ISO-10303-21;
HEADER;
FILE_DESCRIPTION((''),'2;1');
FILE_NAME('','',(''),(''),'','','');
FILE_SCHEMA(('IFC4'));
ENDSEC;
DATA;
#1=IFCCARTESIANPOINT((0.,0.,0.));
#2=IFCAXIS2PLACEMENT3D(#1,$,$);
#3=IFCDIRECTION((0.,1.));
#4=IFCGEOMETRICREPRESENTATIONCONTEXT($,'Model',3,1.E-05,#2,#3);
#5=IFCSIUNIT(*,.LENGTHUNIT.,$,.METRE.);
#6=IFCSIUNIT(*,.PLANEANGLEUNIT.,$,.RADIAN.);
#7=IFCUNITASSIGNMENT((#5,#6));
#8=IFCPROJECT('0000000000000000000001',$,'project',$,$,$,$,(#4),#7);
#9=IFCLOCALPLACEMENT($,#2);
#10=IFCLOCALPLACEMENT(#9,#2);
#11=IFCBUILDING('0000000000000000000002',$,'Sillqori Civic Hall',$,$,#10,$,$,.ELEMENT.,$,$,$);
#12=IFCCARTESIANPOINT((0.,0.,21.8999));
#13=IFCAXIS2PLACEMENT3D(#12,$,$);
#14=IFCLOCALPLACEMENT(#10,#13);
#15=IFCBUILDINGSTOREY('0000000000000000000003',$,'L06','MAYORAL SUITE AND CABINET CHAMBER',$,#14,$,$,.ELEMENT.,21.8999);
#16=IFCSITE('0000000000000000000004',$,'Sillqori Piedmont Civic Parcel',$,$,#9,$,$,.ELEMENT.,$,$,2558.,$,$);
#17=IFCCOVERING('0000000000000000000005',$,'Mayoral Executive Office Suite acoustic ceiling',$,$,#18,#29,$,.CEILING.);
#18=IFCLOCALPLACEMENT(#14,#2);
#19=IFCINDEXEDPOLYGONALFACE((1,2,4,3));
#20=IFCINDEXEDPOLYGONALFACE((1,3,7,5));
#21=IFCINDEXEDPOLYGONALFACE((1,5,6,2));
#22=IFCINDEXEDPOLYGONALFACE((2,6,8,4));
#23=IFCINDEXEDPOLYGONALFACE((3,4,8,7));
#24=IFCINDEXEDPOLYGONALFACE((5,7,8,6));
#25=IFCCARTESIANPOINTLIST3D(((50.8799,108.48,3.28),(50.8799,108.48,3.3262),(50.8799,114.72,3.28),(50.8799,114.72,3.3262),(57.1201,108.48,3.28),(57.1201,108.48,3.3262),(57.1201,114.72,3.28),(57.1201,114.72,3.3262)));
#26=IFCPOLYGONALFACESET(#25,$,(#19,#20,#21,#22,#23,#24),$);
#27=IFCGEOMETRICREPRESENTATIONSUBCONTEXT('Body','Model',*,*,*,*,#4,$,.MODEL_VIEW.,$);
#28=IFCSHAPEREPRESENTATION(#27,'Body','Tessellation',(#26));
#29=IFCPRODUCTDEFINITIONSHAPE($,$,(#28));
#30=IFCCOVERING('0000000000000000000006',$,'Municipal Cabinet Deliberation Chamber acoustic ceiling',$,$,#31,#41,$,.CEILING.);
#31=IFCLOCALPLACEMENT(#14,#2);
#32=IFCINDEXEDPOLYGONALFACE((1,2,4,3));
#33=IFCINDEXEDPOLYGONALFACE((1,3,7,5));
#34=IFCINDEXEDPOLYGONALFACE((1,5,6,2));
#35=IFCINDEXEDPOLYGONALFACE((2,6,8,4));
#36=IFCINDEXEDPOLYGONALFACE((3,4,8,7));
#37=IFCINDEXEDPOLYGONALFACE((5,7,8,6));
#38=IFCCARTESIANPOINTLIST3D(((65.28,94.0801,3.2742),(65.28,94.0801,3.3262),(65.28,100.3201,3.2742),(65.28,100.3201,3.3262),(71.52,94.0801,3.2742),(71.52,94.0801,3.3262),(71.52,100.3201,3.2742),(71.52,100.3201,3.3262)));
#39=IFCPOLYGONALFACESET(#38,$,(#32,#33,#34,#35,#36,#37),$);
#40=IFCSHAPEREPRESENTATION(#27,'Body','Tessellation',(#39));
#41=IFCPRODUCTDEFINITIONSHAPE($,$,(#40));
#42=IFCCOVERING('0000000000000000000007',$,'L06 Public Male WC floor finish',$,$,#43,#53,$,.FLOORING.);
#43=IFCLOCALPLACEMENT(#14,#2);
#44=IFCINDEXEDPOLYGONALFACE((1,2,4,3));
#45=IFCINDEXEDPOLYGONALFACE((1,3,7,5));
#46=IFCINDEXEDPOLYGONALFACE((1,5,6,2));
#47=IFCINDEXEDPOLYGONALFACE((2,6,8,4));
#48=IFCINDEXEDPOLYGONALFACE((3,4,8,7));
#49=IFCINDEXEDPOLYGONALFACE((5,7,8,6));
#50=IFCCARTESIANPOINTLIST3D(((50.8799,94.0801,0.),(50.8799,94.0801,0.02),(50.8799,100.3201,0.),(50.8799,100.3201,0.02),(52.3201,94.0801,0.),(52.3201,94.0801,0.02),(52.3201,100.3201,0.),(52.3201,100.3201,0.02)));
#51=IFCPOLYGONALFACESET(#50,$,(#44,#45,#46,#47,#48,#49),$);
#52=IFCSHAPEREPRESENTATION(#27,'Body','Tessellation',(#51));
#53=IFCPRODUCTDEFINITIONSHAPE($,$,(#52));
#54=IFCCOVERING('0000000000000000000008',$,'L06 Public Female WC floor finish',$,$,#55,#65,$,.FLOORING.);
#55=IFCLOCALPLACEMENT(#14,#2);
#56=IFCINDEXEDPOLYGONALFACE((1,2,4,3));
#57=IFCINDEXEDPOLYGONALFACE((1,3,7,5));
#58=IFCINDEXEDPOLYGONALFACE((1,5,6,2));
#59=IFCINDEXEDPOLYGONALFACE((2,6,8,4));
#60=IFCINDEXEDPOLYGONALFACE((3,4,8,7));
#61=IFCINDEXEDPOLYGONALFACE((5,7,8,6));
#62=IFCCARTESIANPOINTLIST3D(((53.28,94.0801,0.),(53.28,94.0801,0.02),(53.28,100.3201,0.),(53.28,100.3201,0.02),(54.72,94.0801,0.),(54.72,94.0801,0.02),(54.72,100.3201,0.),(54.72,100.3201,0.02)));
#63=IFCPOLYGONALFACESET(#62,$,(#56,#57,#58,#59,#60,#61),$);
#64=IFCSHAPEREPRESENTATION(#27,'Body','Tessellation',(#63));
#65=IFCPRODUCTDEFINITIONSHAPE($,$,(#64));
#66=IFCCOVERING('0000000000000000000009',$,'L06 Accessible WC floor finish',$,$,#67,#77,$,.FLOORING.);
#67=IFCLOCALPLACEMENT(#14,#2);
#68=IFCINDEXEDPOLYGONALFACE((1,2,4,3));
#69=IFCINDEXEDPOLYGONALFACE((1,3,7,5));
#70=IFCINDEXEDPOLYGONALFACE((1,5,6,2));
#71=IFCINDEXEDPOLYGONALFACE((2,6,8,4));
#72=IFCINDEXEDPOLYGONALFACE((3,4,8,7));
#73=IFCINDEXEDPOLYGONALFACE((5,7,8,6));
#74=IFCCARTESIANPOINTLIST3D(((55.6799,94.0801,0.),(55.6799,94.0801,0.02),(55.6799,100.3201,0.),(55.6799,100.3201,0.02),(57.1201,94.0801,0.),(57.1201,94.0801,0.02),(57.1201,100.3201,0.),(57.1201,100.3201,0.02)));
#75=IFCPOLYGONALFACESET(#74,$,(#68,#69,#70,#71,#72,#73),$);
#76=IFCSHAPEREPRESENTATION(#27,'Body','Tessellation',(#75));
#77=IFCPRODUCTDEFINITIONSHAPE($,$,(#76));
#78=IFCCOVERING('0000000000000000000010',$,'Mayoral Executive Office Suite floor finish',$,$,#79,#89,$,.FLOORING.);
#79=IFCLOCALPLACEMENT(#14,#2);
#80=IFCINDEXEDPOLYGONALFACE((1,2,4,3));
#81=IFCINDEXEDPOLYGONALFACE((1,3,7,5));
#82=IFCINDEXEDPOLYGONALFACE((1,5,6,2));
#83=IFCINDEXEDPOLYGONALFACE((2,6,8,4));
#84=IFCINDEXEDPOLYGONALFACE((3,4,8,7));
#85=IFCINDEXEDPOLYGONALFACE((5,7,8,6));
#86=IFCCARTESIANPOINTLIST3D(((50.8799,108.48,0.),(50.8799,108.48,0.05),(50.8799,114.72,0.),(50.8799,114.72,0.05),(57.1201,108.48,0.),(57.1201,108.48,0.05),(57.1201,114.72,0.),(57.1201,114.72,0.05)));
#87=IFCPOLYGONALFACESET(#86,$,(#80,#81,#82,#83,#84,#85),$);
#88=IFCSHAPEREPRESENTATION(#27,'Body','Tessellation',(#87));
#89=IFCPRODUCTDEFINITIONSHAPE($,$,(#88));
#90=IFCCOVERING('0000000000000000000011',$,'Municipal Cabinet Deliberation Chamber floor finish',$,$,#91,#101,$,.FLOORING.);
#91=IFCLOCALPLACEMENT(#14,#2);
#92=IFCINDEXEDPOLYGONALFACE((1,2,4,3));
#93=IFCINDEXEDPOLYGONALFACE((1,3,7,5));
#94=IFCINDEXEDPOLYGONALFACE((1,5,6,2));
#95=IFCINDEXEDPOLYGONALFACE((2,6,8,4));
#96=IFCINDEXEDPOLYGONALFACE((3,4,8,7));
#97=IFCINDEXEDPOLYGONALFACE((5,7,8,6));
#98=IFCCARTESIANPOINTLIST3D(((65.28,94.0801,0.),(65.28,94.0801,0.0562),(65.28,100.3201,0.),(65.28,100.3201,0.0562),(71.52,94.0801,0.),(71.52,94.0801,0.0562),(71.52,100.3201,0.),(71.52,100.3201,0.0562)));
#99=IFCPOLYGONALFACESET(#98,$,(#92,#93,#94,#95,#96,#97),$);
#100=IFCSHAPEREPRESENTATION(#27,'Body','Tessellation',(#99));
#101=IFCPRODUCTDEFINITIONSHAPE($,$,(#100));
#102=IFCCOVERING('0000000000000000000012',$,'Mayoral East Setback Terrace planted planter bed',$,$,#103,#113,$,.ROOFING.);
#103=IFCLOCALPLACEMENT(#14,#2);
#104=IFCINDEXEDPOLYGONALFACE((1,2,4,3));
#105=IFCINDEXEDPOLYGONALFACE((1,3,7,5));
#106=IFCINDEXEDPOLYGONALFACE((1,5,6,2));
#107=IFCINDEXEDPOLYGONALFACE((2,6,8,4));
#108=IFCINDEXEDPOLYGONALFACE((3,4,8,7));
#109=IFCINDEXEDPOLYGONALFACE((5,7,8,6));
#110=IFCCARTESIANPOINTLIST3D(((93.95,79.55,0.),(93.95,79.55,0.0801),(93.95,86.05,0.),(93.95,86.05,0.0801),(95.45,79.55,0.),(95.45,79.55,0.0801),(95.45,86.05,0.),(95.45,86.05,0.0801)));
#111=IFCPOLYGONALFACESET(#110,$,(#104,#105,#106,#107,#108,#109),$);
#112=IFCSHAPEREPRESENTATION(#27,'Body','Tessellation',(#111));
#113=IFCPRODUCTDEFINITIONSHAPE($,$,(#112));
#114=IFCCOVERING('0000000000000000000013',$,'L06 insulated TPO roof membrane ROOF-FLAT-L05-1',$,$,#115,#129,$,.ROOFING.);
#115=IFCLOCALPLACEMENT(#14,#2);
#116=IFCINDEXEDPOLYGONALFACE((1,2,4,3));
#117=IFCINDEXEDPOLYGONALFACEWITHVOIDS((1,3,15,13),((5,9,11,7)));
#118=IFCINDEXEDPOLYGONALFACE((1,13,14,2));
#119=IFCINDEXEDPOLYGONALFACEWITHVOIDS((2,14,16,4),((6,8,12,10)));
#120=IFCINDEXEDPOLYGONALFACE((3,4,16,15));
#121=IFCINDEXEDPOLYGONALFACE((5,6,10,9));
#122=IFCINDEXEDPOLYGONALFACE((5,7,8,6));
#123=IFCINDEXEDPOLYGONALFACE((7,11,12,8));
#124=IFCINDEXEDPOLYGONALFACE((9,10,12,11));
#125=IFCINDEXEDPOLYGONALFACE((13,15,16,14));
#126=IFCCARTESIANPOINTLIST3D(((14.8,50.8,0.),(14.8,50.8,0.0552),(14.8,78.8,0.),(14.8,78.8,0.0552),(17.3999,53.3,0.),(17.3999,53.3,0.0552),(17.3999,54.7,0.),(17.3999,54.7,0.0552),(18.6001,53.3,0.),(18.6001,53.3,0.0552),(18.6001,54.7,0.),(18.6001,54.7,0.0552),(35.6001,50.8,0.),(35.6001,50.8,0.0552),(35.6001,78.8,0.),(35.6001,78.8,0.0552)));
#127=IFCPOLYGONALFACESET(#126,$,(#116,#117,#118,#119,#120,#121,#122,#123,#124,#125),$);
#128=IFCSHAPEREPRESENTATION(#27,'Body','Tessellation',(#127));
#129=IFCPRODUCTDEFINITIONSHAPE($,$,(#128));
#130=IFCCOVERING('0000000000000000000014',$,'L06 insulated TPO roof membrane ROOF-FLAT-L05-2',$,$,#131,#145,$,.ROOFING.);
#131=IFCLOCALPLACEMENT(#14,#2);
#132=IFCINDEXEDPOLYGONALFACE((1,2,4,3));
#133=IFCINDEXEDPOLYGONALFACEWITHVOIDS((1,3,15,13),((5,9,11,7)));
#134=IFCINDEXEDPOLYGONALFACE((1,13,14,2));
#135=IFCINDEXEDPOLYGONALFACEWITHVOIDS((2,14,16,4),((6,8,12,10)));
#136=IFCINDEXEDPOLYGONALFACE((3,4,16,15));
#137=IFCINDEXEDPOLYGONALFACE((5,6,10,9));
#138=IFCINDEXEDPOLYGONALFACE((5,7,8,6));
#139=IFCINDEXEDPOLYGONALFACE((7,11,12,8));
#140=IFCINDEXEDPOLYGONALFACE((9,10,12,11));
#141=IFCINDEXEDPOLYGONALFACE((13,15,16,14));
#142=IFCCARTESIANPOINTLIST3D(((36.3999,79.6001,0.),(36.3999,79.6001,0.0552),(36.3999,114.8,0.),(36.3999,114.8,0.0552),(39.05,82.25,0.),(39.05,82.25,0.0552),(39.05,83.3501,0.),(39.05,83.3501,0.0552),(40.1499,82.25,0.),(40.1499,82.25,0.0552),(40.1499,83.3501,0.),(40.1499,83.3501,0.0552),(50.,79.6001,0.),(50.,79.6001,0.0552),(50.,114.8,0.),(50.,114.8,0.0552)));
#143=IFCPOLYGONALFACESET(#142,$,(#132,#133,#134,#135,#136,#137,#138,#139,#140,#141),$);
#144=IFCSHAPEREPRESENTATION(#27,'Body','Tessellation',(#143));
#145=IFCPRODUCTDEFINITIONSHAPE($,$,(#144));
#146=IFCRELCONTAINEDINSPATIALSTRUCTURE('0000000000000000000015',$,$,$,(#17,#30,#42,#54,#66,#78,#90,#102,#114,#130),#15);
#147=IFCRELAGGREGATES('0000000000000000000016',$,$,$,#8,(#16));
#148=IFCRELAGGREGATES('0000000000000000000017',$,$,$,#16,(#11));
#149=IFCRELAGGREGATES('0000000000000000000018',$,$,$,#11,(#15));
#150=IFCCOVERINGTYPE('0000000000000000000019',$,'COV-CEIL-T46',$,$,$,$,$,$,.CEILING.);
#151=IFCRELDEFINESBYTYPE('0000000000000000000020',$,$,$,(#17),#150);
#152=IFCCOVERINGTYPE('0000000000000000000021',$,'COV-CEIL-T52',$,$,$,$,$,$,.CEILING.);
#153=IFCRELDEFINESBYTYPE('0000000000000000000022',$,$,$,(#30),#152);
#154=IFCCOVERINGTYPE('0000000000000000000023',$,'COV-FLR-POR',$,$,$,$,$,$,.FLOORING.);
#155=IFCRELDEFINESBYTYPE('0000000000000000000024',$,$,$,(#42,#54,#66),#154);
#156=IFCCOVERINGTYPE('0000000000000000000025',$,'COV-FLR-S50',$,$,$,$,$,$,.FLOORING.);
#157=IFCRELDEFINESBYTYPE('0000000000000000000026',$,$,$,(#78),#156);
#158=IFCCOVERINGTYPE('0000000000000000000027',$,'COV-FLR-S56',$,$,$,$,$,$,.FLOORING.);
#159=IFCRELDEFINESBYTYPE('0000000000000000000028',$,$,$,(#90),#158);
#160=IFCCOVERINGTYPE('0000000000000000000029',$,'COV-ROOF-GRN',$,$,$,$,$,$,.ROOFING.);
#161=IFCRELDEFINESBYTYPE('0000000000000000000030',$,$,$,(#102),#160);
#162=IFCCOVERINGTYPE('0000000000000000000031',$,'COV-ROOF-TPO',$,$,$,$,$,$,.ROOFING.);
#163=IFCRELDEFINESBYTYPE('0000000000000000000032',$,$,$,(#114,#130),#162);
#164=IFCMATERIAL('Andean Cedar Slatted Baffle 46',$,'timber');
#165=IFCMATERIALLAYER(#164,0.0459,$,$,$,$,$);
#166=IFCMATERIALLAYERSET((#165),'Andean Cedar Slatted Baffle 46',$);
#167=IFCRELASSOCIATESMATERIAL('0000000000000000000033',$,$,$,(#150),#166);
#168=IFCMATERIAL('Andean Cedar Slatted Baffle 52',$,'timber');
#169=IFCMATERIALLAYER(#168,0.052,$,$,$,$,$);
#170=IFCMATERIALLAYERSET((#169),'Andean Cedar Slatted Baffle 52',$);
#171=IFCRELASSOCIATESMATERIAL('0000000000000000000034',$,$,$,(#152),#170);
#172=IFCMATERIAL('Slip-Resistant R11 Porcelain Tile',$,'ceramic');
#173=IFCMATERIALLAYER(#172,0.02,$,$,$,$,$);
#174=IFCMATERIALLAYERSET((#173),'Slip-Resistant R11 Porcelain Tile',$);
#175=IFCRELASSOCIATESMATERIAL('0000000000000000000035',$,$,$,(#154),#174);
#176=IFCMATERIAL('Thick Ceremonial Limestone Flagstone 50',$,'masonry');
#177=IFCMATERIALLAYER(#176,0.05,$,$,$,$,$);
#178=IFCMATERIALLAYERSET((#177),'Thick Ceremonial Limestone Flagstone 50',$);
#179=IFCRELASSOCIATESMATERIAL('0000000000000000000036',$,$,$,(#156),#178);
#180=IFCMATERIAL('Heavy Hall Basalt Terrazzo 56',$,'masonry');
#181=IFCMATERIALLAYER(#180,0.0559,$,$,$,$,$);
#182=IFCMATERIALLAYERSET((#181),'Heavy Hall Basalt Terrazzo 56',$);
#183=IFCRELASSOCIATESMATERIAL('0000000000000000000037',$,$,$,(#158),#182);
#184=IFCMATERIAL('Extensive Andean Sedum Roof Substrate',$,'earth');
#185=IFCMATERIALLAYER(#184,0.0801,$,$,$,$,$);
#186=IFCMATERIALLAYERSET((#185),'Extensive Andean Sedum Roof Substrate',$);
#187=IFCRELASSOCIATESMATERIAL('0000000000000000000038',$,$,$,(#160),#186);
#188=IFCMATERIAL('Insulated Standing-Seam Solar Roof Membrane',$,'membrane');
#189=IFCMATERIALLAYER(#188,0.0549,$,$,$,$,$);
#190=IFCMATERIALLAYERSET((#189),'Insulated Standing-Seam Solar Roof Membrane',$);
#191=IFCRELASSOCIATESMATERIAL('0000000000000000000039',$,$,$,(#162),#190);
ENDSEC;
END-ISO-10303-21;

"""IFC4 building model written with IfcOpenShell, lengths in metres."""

from ifc_helpers import new_model, si_unit, direction, frame, origin, place, context, subcontext, project, spatial, polyline, outline, extrude, material, layer, layer_set, type_object, element, save


model = new_model("IFC4")

# Units and contexts
model_context = context("Model", 3, precision=1e-05, world=origin(), true_north=direction((0.0, 1.0)))
body_context = subcontext(model_context, "Body", "Model", "MODEL_VIEW")
ifc_project = project(units=[si_unit("LENGTHUNIT", "METRE"), si_unit("PLANEANGLEUNIT", "RADIAN")], contexts=[model_context])

# Site, building, storey
site_placement = place(None, origin())
site = spatial("IfcSite", under=ifc_project, at=site_placement, Name="Sillqori Piedmont Civic Parcel", CompositionType="ELEMENT", RefElevation=2558.0)
building_placement = place(site_placement, origin())
building = spatial("IfcBuilding", under=site, at=building_placement, Name="Sillqori Civic Hall", CompositionType="ELEMENT")
storey_placement = place(building_placement, frame((0.0, 0.0, 21.8999)))
storey = spatial("IfcBuildingStorey", under=building, at=storey_placement, Name="L06", Description="MAYORAL SUITE AND CABINET CHAMBER", CompositionType="ELEMENT", Elevation=21.8999)

# Coverings
ifc_material_1 = material(Name="Andean Cedar Slatted Baffle 46", Category="timber")
ifc_layer_1 = layer(ifc_material_1, 0.0459)
ifc_layer_set_1 = layer_set([ifc_layer_1], Name="Andean Cedar Slatted Baffle 46")
covering_type_1 = type_object("IfcCoveringType", Name="COV-CEIL-T46", PredefinedType="CEILING", material=ifc_layer_set_1)
covering_1_placement = place(storey_placement, frame((0.0, 0.0, 3.28)))
element("IfcCovering", 1, at=covering_1_placement, inside=storey, type_object=covering_type_1, Name="Mayoral Executive Office Suite acoustic ceiling", PredefinedType="CEILING", context=body_context, shape_type="SweptSolid", body=[
    extrude(outline(polyline([(50.8799, 108.48), (57.1201, 108.48), (57.1201, 114.72), (50.8799, 114.72), (50.8799, 108.48)])), origin(), (0.0, 0.0, 1.0), 0.0461),
])
ifc_material_2 = material(Name="Andean Cedar Slatted Baffle 52", Category="timber")
ifc_layer_2 = layer(ifc_material_2, 0.052)
ifc_layer_set_2 = layer_set([ifc_layer_2], Name="Andean Cedar Slatted Baffle 52")
covering_type_2 = type_object("IfcCoveringType", Name="COV-CEIL-T52", PredefinedType="CEILING", material=ifc_layer_set_2)
covering_2_placement = place(storey_placement, frame((0.0, 0.0, 3.2742)))
element("IfcCovering", 2, at=covering_2_placement, inside=storey, type_object=covering_type_2, Name="Municipal Cabinet Deliberation Chamber acoustic ceiling", PredefinedType="CEILING", context=body_context, shape_type="SweptSolid", body=[
    extrude(outline(polyline([(65.28, 94.0801), (71.52, 94.0801), (71.52, 100.3201), (65.28, 100.3201), (65.28, 94.0801)])), origin(), (0.0, 0.0, 1.0), 0.052),
])
ifc_material_3 = material(Name="Slip-Resistant R11 Porcelain Tile", Category="ceramic")
ifc_layer_3 = layer(ifc_material_3, 0.02)
ifc_layer_set_3 = layer_set([ifc_layer_3], Name="Slip-Resistant R11 Porcelain Tile")
covering_type_3 = type_object("IfcCoveringType", Name="COV-FLR-POR", PredefinedType="FLOORING", material=ifc_layer_set_3)
covering_3_placement = place(storey_placement, origin())
element("IfcCovering", 3, at=covering_3_placement, inside=storey, type_object=covering_type_3, Name="L06 Public Male WC floor finish", PredefinedType="FLOORING", context=body_context, shape_type="SweptSolid", body=[
    extrude(outline(polyline([(50.8799, 94.0801), (52.3201, 94.0801), (52.3201, 100.3201), (50.8799, 100.3201), (50.8799, 94.0801)])), origin(), (0.0, 0.0, 1.0), 0.02),
])
covering_4_placement = place(storey_placement, origin())
element("IfcCovering", 4, at=covering_4_placement, inside=storey, type_object=covering_type_3, Name="L06 Public Female WC floor finish", PredefinedType="FLOORING", context=body_context, shape_type="SweptSolid", body=[
    extrude(outline(polyline([(53.28, 94.0801), (54.72, 94.0801), (54.72, 100.3201), (53.28, 100.3201), (53.28, 94.0801)])), origin(), (0.0, 0.0, 1.0), 0.02),
])
covering_5_placement = place(storey_placement, origin())
element("IfcCovering", 5, at=covering_5_placement, inside=storey, type_object=covering_type_3, Name="L06 Accessible WC floor finish", PredefinedType="FLOORING", context=body_context, shape_type="SweptSolid", body=[
    extrude(outline(polyline([(55.6799, 94.0801), (57.1201, 94.0801), (57.1201, 100.3201), (55.6799, 100.3201), (55.6799, 94.0801)])), origin(), (0.0, 0.0, 1.0), 0.02),
])
ifc_material_4 = material(Name="Thick Ceremonial Limestone Flagstone 50", Category="masonry")
ifc_layer_4 = layer(ifc_material_4, 0.05)
ifc_layer_set_4 = layer_set([ifc_layer_4], Name="Thick Ceremonial Limestone Flagstone 50")
covering_type_4 = type_object("IfcCoveringType", Name="COV-FLR-S50", PredefinedType="FLOORING", material=ifc_layer_set_4)
covering_6_placement = place(storey_placement, origin())
element("IfcCovering", 6, at=covering_6_placement, inside=storey, type_object=covering_type_4, Name="Mayoral Executive Office Suite floor finish", PredefinedType="FLOORING", context=body_context, shape_type="SweptSolid", body=[
    extrude(outline(polyline([(50.8799, 108.48), (57.1201, 108.48), (57.1201, 114.72), (50.8799, 114.72), (50.8799, 108.48)])), origin(), (0.0, 0.0, 1.0), 0.05),
])
ifc_material_5 = material(Name="Heavy Hall Basalt Terrazzo 56", Category="masonry")
ifc_layer_5 = layer(ifc_material_5, 0.0559)
ifc_layer_set_5 = layer_set([ifc_layer_5], Name="Heavy Hall Basalt Terrazzo 56")
covering_type_5 = type_object("IfcCoveringType", Name="COV-FLR-S56", PredefinedType="FLOORING", material=ifc_layer_set_5)
covering_7_placement = place(storey_placement, origin())
element("IfcCovering", 7, at=covering_7_placement, inside=storey, type_object=covering_type_5, Name="Municipal Cabinet Deliberation Chamber floor finish", PredefinedType="FLOORING", context=body_context, shape_type="SweptSolid", body=[
    extrude(outline(polyline([(65.28, 94.0801), (71.52, 94.0801), (71.52, 100.3201), (65.28, 100.3201), (65.28, 94.0801)])), origin(), (0.0, 0.0, 1.0), 0.0562),
])
ifc_material_6 = material(Name="Extensive Andean Sedum Roof Substrate", Category="earth")
ifc_layer_6 = layer(ifc_material_6, 0.0801)
ifc_layer_set_6 = layer_set([ifc_layer_6], Name="Extensive Andean Sedum Roof Substrate")
covering_type_6 = type_object("IfcCoveringType", Name="COV-ROOF-GRN", PredefinedType="ROOFING", material=ifc_layer_set_6)
covering_8_placement = place(storey_placement, origin())
element("IfcCovering", 8, at=covering_8_placement, inside=storey, type_object=covering_type_6, Name="Mayoral East Setback Terrace planted planter bed", PredefinedType="ROOFING", context=body_context, shape_type="SweptSolid", body=[
    extrude(outline(polyline([(93.95, 79.55), (95.45, 79.55), (95.45, 86.05), (93.95, 86.05), (93.95, 79.55)])), origin(), (0.0, 0.0, 1.0), 0.0801),
])
ifc_material_7 = material(Name="Insulated Standing-Seam Solar Roof Membrane", Category="membrane")
ifc_layer_7 = layer(ifc_material_7, 0.0549)
ifc_layer_set_7 = layer_set([ifc_layer_7], Name="Insulated Standing-Seam Solar Roof Membrane")
covering_type_7 = type_object("IfcCoveringType", Name="COV-ROOF-TPO", PredefinedType="ROOFING", material=ifc_layer_set_7)
covering_9_placement = place(storey_placement, origin())
element("IfcCovering", 9, at=covering_9_placement, inside=storey, type_object=covering_type_7, Name="L06 insulated TPO roof membrane ROOF-FLAT-L05-1", PredefinedType="ROOFING", context=body_context, shape_type="SweptSolid", body=[
    extrude(outline(polyline([(14.8, 50.8), (35.6001, 50.8), (35.6001, 78.8), (14.8, 78.8), (14.8, 50.8)]), holes=[polyline([(17.3999, 53.3), (17.3999, 54.7), (18.6001, 54.7), (18.6001, 53.3), (17.3999, 53.3)])]), origin(), (0.0, 0.0, 1.0), 0.0552),
])
covering_10_placement = place(storey_placement, origin())
element("IfcCovering", 10, at=covering_10_placement, inside=storey, type_object=covering_type_7, Name="L06 insulated TPO roof membrane ROOF-FLAT-L05-2", PredefinedType="ROOFING", context=body_context, shape_type="SweptSolid", body=[
    extrude(outline(polyline([(36.3999, 79.6001), (50.0, 79.6001), (50.0, 114.8), (36.3999, 114.8), (36.3999, 79.6001)]), holes=[polyline([(39.05, 82.25), (39.05, 83.3501), (40.1499, 83.3501), (40.1499, 82.25), (39.05, 82.25)])]), origin(), (0.0, 0.0, 1.0), 0.0552),
])

save(model, "model.ifc")
